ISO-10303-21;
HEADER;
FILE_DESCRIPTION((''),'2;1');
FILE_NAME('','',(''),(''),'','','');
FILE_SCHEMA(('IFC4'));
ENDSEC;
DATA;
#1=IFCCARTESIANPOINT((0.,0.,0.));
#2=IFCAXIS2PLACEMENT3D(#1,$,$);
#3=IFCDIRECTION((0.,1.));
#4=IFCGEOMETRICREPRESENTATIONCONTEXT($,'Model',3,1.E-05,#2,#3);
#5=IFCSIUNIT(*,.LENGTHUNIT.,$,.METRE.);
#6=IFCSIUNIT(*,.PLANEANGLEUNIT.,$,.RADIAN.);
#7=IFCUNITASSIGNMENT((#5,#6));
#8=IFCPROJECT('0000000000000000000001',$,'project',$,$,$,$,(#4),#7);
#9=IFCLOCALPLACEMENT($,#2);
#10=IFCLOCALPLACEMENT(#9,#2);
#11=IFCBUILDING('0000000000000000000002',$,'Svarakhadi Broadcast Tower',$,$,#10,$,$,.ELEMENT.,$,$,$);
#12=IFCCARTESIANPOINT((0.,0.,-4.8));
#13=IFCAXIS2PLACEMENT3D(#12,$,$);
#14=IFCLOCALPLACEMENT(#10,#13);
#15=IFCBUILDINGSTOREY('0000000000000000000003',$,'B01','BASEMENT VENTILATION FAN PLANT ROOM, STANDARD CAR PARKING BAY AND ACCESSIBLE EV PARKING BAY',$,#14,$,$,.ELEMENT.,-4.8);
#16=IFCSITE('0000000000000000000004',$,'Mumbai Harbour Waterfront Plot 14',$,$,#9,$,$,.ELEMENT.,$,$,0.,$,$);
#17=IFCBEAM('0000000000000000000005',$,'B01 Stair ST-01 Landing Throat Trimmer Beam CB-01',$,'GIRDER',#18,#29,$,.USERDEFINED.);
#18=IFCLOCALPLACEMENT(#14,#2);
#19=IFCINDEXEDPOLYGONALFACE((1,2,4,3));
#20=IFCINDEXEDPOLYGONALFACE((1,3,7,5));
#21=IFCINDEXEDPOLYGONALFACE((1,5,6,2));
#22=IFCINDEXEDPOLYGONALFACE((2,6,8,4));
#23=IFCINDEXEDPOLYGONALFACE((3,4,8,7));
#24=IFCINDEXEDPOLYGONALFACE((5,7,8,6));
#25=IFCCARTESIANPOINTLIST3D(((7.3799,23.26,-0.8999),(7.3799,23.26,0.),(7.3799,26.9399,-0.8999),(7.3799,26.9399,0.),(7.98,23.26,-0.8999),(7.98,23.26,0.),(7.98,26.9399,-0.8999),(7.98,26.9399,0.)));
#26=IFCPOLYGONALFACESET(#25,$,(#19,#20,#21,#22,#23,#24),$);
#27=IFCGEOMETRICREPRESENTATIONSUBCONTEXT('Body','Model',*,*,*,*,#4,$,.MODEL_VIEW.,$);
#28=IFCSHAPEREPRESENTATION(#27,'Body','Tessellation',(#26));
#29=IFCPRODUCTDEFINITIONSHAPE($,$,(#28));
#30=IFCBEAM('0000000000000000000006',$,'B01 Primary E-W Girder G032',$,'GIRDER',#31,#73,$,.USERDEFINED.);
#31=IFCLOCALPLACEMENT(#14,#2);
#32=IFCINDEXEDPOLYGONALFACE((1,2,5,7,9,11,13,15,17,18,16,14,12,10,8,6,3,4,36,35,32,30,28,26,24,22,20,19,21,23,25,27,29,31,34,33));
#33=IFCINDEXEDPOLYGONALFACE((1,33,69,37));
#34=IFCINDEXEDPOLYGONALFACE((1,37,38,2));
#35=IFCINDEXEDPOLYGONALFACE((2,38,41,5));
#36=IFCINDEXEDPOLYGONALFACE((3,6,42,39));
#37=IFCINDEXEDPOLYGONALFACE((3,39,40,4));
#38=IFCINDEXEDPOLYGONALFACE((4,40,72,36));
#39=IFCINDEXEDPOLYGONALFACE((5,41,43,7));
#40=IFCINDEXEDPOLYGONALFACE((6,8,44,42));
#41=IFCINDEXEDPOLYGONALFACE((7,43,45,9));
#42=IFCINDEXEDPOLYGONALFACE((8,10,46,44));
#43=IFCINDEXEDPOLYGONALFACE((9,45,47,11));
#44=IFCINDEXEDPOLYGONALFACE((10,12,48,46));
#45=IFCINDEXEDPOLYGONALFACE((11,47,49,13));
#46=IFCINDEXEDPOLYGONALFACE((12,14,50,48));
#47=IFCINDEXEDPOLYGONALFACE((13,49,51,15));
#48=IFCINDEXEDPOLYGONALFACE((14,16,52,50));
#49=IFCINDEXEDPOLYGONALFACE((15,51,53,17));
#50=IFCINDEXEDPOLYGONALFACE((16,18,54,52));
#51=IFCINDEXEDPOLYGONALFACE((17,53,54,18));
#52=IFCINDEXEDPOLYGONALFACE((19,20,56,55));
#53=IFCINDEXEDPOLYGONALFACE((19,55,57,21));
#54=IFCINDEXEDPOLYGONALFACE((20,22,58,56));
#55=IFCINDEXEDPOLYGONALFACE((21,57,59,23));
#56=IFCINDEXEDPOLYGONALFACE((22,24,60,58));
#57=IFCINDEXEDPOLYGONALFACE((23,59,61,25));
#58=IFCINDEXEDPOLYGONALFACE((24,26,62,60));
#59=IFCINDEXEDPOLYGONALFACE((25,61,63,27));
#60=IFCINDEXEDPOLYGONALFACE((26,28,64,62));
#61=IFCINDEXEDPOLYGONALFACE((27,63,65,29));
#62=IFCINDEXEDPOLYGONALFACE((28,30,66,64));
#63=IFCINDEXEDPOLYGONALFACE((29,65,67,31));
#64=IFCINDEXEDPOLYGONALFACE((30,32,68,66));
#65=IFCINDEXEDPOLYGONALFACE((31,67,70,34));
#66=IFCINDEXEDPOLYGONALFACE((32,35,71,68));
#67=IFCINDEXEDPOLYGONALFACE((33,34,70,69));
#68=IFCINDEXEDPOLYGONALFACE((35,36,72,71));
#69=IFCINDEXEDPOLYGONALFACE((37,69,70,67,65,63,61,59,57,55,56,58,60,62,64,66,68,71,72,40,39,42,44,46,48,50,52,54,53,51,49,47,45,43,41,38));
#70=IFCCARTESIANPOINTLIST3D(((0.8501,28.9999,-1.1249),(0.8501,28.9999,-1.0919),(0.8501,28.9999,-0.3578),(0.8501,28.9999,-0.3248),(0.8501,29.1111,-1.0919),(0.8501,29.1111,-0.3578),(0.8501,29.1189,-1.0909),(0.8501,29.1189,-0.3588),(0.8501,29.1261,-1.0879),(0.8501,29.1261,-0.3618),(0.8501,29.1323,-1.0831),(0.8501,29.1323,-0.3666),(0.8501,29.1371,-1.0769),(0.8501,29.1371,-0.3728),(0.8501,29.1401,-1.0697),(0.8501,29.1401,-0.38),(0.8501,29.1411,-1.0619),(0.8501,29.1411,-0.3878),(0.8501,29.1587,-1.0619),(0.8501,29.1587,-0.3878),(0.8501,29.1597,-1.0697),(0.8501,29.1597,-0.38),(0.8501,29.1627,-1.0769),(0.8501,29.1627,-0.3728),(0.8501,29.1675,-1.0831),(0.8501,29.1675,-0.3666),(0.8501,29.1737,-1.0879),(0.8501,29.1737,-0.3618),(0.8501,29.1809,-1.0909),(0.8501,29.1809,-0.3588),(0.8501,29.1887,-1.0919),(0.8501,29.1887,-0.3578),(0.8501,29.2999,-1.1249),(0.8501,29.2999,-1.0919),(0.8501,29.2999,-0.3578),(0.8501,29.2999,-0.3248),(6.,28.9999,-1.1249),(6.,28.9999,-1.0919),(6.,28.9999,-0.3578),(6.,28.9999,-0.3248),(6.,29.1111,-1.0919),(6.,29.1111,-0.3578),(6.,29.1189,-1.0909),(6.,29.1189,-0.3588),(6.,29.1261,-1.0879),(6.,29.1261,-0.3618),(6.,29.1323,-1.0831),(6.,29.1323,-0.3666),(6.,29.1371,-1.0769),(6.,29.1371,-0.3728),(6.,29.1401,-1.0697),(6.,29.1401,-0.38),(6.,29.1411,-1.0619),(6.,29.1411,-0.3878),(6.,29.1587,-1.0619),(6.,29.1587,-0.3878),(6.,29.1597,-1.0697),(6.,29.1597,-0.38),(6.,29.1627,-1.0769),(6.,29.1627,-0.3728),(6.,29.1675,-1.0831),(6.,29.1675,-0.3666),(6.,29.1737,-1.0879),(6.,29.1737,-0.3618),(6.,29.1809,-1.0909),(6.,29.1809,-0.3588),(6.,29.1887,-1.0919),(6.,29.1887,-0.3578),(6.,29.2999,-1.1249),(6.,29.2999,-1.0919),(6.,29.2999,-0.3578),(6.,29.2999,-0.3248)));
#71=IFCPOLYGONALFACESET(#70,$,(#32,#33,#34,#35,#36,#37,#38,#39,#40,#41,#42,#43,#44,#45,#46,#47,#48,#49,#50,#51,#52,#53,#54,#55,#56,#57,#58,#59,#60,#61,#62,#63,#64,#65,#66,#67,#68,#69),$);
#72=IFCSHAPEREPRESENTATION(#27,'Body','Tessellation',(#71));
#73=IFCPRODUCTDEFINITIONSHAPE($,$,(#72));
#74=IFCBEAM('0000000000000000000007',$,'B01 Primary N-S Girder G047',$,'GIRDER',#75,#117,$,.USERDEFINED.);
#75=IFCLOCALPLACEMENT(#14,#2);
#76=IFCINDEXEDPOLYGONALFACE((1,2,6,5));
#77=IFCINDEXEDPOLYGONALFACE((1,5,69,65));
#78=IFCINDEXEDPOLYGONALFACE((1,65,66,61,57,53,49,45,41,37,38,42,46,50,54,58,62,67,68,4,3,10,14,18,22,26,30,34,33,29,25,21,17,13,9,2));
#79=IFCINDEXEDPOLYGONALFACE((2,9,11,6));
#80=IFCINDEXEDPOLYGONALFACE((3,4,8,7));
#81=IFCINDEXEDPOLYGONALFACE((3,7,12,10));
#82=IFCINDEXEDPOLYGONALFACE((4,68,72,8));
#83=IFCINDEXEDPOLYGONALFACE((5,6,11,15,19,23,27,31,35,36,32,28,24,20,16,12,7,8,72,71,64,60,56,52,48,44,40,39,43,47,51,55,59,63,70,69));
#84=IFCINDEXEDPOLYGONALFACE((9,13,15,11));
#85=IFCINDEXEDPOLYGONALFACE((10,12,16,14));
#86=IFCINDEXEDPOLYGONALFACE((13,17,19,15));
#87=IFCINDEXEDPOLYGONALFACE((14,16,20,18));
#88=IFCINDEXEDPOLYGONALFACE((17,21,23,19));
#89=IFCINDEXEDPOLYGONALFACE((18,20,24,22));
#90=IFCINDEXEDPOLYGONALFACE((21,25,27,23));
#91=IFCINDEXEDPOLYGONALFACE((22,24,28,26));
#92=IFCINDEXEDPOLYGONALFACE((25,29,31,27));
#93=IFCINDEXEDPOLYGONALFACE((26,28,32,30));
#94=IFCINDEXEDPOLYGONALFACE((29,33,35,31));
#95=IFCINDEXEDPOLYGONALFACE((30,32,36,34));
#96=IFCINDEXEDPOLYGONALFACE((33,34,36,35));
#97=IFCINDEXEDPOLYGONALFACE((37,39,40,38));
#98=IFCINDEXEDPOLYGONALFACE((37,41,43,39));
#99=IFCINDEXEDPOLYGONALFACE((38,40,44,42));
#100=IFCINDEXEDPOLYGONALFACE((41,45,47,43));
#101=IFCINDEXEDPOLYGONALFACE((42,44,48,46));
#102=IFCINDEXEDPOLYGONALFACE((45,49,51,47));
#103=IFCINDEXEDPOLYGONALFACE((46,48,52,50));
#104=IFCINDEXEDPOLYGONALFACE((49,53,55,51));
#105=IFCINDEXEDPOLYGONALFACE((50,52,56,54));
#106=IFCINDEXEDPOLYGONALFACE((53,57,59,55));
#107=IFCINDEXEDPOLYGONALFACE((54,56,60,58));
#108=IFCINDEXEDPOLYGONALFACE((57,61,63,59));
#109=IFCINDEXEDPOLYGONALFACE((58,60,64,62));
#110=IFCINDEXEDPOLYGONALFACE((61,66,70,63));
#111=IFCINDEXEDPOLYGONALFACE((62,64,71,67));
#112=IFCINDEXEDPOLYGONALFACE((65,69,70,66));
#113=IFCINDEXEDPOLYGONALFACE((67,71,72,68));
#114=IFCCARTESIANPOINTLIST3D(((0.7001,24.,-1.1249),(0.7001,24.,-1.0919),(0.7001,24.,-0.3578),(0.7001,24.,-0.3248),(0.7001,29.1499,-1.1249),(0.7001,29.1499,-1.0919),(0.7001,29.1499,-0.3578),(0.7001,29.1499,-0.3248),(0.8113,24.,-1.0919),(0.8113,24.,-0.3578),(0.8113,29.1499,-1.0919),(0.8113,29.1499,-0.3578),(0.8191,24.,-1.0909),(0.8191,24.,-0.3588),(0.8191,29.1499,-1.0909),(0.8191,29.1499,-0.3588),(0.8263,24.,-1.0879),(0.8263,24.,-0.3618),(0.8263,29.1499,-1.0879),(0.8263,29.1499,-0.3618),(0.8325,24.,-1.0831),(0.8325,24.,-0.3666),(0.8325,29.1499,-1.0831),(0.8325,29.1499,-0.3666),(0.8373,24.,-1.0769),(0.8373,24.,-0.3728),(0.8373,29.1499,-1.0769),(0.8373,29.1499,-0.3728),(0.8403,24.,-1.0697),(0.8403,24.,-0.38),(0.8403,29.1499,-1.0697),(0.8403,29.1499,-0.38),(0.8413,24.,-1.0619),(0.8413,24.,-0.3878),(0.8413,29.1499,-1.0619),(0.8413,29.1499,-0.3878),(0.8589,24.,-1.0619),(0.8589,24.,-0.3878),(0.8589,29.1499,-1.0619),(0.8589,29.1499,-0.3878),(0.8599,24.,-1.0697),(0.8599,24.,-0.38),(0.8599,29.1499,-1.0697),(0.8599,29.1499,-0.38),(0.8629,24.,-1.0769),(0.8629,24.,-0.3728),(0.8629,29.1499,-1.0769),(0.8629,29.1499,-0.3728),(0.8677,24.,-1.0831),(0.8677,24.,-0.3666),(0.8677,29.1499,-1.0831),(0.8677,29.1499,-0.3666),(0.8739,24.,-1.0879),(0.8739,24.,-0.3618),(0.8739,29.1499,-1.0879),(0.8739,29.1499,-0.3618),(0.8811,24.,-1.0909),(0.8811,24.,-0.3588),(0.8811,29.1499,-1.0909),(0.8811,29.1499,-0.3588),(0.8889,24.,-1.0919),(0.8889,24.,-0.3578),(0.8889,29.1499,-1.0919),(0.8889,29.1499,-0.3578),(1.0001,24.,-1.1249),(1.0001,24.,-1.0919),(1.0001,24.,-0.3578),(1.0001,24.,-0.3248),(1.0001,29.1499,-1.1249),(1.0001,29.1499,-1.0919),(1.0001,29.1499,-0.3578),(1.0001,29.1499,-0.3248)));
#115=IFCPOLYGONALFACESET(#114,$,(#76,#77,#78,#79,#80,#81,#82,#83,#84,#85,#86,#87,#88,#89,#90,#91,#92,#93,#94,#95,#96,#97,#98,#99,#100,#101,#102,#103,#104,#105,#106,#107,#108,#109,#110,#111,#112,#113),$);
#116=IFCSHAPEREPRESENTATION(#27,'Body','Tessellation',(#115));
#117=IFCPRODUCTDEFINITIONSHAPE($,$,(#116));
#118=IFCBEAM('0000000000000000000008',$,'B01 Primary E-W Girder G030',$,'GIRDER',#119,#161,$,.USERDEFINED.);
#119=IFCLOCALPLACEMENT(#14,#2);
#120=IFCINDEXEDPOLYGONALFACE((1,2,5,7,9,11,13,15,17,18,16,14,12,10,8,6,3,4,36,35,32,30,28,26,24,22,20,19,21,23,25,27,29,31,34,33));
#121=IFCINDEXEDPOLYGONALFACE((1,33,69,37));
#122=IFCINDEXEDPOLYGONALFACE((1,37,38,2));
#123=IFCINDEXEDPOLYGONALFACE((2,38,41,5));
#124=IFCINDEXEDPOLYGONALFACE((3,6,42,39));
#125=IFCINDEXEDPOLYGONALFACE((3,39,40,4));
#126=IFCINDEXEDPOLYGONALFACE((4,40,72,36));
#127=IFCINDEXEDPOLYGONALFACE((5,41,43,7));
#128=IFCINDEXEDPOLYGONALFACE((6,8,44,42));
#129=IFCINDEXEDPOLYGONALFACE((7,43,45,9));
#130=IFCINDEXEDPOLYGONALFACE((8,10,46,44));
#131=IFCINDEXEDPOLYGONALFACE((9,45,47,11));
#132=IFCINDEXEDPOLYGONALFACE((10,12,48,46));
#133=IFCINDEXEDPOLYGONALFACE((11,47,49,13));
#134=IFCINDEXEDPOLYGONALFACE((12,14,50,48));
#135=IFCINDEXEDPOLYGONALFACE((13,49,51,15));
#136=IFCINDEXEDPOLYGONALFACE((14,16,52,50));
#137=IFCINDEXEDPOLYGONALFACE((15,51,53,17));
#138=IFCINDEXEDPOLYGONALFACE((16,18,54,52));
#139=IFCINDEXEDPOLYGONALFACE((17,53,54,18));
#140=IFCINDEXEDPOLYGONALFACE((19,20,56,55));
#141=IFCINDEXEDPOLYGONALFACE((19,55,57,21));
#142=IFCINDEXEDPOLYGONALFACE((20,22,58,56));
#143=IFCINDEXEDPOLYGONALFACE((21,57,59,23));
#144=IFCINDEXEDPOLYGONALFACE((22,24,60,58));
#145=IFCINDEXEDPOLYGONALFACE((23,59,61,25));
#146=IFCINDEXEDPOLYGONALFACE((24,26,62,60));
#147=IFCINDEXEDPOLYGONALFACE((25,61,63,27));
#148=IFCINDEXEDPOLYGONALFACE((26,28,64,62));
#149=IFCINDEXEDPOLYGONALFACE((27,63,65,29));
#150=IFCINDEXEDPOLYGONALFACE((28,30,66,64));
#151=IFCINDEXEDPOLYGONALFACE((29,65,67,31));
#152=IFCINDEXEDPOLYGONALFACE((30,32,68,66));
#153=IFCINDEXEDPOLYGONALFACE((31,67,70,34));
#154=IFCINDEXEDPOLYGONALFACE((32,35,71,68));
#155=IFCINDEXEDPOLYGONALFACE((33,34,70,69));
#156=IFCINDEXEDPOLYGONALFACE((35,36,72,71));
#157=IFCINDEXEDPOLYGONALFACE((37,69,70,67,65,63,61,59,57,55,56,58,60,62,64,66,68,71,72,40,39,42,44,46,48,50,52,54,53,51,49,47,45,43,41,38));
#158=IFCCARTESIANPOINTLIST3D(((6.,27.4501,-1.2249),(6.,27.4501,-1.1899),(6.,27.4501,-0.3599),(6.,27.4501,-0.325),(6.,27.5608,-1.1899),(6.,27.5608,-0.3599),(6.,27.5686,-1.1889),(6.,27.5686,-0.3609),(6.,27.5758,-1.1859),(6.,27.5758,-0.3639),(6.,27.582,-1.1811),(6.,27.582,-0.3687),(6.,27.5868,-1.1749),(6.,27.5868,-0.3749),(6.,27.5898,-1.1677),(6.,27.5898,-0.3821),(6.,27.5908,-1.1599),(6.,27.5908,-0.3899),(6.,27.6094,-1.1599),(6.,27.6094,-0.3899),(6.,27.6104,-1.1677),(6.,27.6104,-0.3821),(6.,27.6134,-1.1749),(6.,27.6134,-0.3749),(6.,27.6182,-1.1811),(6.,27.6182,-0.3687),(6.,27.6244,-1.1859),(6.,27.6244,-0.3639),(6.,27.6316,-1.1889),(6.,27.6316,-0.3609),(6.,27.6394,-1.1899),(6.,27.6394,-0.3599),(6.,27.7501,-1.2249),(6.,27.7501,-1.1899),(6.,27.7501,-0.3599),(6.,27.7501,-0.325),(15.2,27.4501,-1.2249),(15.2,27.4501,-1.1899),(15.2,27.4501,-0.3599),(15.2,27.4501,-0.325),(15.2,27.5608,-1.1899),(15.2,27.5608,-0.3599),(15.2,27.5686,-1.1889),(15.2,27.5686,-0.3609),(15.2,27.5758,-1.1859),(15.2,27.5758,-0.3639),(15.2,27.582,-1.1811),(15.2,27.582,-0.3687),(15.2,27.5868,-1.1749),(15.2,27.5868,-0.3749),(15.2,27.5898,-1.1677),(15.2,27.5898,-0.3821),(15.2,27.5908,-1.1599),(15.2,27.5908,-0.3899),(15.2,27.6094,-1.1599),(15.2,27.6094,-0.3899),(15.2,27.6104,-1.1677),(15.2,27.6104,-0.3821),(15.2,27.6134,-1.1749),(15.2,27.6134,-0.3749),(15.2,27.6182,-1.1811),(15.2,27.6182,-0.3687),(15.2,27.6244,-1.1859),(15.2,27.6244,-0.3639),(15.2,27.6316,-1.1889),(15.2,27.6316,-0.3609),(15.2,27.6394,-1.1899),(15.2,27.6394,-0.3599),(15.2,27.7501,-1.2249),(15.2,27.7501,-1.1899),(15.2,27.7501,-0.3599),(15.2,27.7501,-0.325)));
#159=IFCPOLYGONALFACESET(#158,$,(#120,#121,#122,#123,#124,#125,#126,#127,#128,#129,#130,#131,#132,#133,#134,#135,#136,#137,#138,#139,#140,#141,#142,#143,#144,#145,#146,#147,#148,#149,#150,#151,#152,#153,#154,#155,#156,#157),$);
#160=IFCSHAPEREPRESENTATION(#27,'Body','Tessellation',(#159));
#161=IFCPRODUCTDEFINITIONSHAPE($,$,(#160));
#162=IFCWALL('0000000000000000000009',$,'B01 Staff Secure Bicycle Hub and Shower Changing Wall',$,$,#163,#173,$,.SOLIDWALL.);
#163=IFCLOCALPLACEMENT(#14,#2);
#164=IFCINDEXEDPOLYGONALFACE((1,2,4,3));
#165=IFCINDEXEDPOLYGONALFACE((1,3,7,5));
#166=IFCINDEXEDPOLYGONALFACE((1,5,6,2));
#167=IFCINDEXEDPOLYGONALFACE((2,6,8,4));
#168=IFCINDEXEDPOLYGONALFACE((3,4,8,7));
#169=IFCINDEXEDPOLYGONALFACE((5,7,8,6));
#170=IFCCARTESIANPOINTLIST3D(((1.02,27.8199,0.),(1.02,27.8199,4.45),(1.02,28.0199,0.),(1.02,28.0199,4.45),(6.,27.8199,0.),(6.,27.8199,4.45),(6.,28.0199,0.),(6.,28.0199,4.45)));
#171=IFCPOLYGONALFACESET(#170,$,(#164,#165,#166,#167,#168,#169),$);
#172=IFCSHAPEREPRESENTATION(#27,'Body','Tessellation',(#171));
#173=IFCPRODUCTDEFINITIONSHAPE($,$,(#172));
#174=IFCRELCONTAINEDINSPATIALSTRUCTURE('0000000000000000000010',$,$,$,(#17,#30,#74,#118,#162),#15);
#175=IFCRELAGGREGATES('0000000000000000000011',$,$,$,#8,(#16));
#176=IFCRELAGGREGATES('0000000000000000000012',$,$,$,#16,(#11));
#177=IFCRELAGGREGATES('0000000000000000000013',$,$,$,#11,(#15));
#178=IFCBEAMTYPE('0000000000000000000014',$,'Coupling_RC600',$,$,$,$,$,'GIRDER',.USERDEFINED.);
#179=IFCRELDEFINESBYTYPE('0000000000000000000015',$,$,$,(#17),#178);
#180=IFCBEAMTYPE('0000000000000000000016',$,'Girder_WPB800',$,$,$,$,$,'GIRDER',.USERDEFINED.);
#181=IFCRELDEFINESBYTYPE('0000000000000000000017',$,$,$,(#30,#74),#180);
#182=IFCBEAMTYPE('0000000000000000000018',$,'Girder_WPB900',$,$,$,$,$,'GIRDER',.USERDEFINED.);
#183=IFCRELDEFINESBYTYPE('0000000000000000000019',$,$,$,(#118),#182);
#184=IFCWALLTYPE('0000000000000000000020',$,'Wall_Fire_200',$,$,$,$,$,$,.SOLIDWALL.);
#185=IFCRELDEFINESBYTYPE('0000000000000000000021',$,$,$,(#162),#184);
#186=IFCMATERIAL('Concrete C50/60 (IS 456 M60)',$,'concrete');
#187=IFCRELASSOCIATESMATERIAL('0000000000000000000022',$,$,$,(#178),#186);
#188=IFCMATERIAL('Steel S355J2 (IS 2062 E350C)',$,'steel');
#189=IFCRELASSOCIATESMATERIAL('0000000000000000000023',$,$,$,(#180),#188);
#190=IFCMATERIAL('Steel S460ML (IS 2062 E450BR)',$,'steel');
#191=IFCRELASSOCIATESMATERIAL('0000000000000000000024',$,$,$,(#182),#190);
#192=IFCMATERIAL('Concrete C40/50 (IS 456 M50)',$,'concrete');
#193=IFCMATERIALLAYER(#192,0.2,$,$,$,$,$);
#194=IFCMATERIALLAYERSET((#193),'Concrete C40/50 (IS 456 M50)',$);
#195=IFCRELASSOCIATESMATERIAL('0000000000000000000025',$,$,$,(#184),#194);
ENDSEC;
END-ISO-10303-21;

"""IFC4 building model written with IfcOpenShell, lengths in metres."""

from ifc_helpers import new_model, si_unit, direction, frame, frame_2d, origin, origin_2d, place, context, subcontext, project, spatial, rectangle, i_section, extrude, material, layer, layer_set, material_profile, profile_set, type_object, element, save


model = new_model("IFC4")

# Units and contexts
model_context = context("Model", 3, precision=1e-05, world=origin(), true_north=direction((0.0, 1.0)))
body_context = subcontext(model_context, "Body", "Model", "MODEL_VIEW")
ifc_project = project(units=[si_unit("LENGTHUNIT", "METRE"), si_unit("PLANEANGLEUNIT", "RADIAN")], contexts=[model_context])

# Site, building, storey
site_placement = place(None, origin())
site = spatial("IfcSite", under=ifc_project, at=site_placement, Name="Mumbai Harbour Waterfront Plot 14", CompositionType="ELEMENT", RefElevation=0.0)
building_placement = place(site_placement, origin())
building = spatial("IfcBuilding", under=site, at=building_placement, Name="Svarakhadi Broadcast Tower", CompositionType="ELEMENT")
storey_placement = place(building_placement, frame((0.0, 0.0, -4.8)))
storey = spatial("IfcBuildingStorey", under=building, at=storey_placement, Name="B01", Description="BASEMENT VENTILATION FAN PLANT ROOM, STANDARD CAR PARKING BAY AND ACCESSIBLE EV PARKING BAY", CompositionType="ELEMENT", Elevation=-4.8)

# Shared definitions
ifc_material_1 = material(Name="Steel S460ML (IS 2062 E450BR)", Category="steel")

# Beams
ifc_material_2 = material(Name="Steel S355J2 (IS 2062 E350C)", Category="steel")
ifc_material_3 = material(Name="Concrete C50/60 (IS 456 M60)", Category="concrete")
ifc_material_profile_1 = material_profile(ifc_material_3, rectangle(XDim=0.6001, YDim=0.8999, at=origin_2d()), Name="RC 600x900")
ifc_profile_set_1 = profile_set([ifc_material_profile_1], Name="Concrete C50/60 (IS 456 M60)")
beam_type_1 = type_object("IfcBeamType", Name="Coupling_RC600", ElementType="GIRDER", PredefinedType="USERDEFINED", material=ifc_profile_set_1)
beam_1_placement = place(storey_placement, frame((7.6799, 23.26, -0.45), z_axis=(0.0, 1.0, 0.0), x_axis=(-1.0, 0.0, 0.0)))
element("IfcBeam", 1, at=beam_1_placement, inside=storey, type_object=beam_type_1, Name="B01 Stair ST-01 Landing Throat Trimmer Beam CB-01", ObjectType="GIRDER", PredefinedType="USERDEFINED", context=body_context, shape_type="SweptSolid", body=[
    extrude(rectangle(XDim=0.6001, YDim=0.8999, at=origin_2d()), origin(), (0.0, 0.0, 1.0), 3.6799),
])
ifc_material_profile_2 = material_profile(ifc_material_2, i_section(OverallWidth=0.3, OverallDepth=0.8, WebThickness=0.0176, FlangeThickness=0.033, FilletRadius=0.03, at=origin_2d()), Name="WPB 800x300x262")
ifc_profile_set_2 = profile_set([ifc_material_profile_2], Name="Steel S355J2 (IS 2062 E350C)")
beam_type_2 = type_object("IfcBeamType", Name="Girder_WPB800", ElementType="GIRDER", PredefinedType="USERDEFINED", material=ifc_profile_set_2)
for number, where, z_axis, x_axis, name in (
    (2, (0.8501, 29.1499, -0.7249), (1.0, 0.0, 0.0), (0.0, 1.0, 0.0), "B01 Primary E-W Girder G032"),
    (3, (0.8501, 24.0, -0.7249), (0.0, 1.0, 0.0), (-1.0, 0.0, 0.0), "B01 Primary N-S Girder G047"),
):
    element("IfcBeam", number, at=place(storey_placement, frame(where, z_axis=z_axis, x_axis=x_axis)), inside=storey, type_object=beam_type_2, Name=name, ObjectType="GIRDER", PredefinedType="USERDEFINED", context=body_context, shape_type="SweptSolid", body=[
        extrude(i_section(OverallWidth=0.3, OverallDepth=0.8, WebThickness=0.0176, FlangeThickness=0.033, FilletRadius=0.03, at=origin_2d()), origin(), (0.0, 0.0, 1.0), 5.1499),
    ])
ifc_material_profile_3 = material_profile(ifc_material_1, i_section(OverallWidth=0.3, OverallDepth=0.8999, WebThickness=0.0186, FlangeThickness=0.0349, FilletRadius=0.03, at=origin_2d()), Name="WPB 900x300x291")
ifc_profile_set_3 = profile_set([ifc_material_profile_3], Name="Steel S460ML (IS 2062 E450BR)")
beam_type_3 = type_object("IfcBeamType", Name="Girder_WPB900", ElementType="GIRDER", PredefinedType="USERDEFINED", material=ifc_profile_set_3)
beam_2_placement = place(storey_placement, frame((6.0, 27.6001, -0.7749), z_axis=(1.0, 0.0, 0.0), x_axis=(0.0, 1.0, 0.0)))
element("IfcBeam", 4, at=beam_2_placement, inside=storey, type_object=beam_type_3, Name="B01 Primary E-W Girder G030", ObjectType="GIRDER", PredefinedType="USERDEFINED", context=body_context, shape_type="SweptSolid", body=[
    extrude(i_section(OverallWidth=0.3, OverallDepth=0.8999, WebThickness=0.0186, FlangeThickness=0.0349, FilletRadius=0.03, at=origin_2d()), origin(), (0.0, 0.0, 1.0), 9.2),
])

# Wall
ifc_material_4 = material(Name="Concrete C40/50 (IS 456 M50)", Category="concrete")
ifc_layer_1 = layer(ifc_material_4, 0.2)
ifc_layer_set_1 = layer_set([ifc_layer_1], Name="Concrete C40/50 (IS 456 M50)")
wall_type_1 = type_object("IfcWallType", Name="Wall_Fire_200", PredefinedType="SOLIDWALL", material=ifc_layer_set_1)
wall_1_placement = place(storey_placement, frame((1.02, 27.9199, 0.0), z_axis=(0.0, 0.0, 1.0), x_axis=(1.0, 0.0, 0.0)))
element("IfcWall", 5, at=wall_1_placement, inside=storey, type_object=wall_type_1, Name="B01 Staff Secure Bicycle Hub and Shower Changing Wall", PredefinedType="SOLIDWALL", context=body_context, shape_type="SweptSolid", body=[
    extrude(rectangle(XDim=4.98, YDim=0.2, at=frame_2d((2.49, 0.0))), origin(), (0.0, 0.0, 1.0), 4.45),
])

save(model, "model.ifc")
